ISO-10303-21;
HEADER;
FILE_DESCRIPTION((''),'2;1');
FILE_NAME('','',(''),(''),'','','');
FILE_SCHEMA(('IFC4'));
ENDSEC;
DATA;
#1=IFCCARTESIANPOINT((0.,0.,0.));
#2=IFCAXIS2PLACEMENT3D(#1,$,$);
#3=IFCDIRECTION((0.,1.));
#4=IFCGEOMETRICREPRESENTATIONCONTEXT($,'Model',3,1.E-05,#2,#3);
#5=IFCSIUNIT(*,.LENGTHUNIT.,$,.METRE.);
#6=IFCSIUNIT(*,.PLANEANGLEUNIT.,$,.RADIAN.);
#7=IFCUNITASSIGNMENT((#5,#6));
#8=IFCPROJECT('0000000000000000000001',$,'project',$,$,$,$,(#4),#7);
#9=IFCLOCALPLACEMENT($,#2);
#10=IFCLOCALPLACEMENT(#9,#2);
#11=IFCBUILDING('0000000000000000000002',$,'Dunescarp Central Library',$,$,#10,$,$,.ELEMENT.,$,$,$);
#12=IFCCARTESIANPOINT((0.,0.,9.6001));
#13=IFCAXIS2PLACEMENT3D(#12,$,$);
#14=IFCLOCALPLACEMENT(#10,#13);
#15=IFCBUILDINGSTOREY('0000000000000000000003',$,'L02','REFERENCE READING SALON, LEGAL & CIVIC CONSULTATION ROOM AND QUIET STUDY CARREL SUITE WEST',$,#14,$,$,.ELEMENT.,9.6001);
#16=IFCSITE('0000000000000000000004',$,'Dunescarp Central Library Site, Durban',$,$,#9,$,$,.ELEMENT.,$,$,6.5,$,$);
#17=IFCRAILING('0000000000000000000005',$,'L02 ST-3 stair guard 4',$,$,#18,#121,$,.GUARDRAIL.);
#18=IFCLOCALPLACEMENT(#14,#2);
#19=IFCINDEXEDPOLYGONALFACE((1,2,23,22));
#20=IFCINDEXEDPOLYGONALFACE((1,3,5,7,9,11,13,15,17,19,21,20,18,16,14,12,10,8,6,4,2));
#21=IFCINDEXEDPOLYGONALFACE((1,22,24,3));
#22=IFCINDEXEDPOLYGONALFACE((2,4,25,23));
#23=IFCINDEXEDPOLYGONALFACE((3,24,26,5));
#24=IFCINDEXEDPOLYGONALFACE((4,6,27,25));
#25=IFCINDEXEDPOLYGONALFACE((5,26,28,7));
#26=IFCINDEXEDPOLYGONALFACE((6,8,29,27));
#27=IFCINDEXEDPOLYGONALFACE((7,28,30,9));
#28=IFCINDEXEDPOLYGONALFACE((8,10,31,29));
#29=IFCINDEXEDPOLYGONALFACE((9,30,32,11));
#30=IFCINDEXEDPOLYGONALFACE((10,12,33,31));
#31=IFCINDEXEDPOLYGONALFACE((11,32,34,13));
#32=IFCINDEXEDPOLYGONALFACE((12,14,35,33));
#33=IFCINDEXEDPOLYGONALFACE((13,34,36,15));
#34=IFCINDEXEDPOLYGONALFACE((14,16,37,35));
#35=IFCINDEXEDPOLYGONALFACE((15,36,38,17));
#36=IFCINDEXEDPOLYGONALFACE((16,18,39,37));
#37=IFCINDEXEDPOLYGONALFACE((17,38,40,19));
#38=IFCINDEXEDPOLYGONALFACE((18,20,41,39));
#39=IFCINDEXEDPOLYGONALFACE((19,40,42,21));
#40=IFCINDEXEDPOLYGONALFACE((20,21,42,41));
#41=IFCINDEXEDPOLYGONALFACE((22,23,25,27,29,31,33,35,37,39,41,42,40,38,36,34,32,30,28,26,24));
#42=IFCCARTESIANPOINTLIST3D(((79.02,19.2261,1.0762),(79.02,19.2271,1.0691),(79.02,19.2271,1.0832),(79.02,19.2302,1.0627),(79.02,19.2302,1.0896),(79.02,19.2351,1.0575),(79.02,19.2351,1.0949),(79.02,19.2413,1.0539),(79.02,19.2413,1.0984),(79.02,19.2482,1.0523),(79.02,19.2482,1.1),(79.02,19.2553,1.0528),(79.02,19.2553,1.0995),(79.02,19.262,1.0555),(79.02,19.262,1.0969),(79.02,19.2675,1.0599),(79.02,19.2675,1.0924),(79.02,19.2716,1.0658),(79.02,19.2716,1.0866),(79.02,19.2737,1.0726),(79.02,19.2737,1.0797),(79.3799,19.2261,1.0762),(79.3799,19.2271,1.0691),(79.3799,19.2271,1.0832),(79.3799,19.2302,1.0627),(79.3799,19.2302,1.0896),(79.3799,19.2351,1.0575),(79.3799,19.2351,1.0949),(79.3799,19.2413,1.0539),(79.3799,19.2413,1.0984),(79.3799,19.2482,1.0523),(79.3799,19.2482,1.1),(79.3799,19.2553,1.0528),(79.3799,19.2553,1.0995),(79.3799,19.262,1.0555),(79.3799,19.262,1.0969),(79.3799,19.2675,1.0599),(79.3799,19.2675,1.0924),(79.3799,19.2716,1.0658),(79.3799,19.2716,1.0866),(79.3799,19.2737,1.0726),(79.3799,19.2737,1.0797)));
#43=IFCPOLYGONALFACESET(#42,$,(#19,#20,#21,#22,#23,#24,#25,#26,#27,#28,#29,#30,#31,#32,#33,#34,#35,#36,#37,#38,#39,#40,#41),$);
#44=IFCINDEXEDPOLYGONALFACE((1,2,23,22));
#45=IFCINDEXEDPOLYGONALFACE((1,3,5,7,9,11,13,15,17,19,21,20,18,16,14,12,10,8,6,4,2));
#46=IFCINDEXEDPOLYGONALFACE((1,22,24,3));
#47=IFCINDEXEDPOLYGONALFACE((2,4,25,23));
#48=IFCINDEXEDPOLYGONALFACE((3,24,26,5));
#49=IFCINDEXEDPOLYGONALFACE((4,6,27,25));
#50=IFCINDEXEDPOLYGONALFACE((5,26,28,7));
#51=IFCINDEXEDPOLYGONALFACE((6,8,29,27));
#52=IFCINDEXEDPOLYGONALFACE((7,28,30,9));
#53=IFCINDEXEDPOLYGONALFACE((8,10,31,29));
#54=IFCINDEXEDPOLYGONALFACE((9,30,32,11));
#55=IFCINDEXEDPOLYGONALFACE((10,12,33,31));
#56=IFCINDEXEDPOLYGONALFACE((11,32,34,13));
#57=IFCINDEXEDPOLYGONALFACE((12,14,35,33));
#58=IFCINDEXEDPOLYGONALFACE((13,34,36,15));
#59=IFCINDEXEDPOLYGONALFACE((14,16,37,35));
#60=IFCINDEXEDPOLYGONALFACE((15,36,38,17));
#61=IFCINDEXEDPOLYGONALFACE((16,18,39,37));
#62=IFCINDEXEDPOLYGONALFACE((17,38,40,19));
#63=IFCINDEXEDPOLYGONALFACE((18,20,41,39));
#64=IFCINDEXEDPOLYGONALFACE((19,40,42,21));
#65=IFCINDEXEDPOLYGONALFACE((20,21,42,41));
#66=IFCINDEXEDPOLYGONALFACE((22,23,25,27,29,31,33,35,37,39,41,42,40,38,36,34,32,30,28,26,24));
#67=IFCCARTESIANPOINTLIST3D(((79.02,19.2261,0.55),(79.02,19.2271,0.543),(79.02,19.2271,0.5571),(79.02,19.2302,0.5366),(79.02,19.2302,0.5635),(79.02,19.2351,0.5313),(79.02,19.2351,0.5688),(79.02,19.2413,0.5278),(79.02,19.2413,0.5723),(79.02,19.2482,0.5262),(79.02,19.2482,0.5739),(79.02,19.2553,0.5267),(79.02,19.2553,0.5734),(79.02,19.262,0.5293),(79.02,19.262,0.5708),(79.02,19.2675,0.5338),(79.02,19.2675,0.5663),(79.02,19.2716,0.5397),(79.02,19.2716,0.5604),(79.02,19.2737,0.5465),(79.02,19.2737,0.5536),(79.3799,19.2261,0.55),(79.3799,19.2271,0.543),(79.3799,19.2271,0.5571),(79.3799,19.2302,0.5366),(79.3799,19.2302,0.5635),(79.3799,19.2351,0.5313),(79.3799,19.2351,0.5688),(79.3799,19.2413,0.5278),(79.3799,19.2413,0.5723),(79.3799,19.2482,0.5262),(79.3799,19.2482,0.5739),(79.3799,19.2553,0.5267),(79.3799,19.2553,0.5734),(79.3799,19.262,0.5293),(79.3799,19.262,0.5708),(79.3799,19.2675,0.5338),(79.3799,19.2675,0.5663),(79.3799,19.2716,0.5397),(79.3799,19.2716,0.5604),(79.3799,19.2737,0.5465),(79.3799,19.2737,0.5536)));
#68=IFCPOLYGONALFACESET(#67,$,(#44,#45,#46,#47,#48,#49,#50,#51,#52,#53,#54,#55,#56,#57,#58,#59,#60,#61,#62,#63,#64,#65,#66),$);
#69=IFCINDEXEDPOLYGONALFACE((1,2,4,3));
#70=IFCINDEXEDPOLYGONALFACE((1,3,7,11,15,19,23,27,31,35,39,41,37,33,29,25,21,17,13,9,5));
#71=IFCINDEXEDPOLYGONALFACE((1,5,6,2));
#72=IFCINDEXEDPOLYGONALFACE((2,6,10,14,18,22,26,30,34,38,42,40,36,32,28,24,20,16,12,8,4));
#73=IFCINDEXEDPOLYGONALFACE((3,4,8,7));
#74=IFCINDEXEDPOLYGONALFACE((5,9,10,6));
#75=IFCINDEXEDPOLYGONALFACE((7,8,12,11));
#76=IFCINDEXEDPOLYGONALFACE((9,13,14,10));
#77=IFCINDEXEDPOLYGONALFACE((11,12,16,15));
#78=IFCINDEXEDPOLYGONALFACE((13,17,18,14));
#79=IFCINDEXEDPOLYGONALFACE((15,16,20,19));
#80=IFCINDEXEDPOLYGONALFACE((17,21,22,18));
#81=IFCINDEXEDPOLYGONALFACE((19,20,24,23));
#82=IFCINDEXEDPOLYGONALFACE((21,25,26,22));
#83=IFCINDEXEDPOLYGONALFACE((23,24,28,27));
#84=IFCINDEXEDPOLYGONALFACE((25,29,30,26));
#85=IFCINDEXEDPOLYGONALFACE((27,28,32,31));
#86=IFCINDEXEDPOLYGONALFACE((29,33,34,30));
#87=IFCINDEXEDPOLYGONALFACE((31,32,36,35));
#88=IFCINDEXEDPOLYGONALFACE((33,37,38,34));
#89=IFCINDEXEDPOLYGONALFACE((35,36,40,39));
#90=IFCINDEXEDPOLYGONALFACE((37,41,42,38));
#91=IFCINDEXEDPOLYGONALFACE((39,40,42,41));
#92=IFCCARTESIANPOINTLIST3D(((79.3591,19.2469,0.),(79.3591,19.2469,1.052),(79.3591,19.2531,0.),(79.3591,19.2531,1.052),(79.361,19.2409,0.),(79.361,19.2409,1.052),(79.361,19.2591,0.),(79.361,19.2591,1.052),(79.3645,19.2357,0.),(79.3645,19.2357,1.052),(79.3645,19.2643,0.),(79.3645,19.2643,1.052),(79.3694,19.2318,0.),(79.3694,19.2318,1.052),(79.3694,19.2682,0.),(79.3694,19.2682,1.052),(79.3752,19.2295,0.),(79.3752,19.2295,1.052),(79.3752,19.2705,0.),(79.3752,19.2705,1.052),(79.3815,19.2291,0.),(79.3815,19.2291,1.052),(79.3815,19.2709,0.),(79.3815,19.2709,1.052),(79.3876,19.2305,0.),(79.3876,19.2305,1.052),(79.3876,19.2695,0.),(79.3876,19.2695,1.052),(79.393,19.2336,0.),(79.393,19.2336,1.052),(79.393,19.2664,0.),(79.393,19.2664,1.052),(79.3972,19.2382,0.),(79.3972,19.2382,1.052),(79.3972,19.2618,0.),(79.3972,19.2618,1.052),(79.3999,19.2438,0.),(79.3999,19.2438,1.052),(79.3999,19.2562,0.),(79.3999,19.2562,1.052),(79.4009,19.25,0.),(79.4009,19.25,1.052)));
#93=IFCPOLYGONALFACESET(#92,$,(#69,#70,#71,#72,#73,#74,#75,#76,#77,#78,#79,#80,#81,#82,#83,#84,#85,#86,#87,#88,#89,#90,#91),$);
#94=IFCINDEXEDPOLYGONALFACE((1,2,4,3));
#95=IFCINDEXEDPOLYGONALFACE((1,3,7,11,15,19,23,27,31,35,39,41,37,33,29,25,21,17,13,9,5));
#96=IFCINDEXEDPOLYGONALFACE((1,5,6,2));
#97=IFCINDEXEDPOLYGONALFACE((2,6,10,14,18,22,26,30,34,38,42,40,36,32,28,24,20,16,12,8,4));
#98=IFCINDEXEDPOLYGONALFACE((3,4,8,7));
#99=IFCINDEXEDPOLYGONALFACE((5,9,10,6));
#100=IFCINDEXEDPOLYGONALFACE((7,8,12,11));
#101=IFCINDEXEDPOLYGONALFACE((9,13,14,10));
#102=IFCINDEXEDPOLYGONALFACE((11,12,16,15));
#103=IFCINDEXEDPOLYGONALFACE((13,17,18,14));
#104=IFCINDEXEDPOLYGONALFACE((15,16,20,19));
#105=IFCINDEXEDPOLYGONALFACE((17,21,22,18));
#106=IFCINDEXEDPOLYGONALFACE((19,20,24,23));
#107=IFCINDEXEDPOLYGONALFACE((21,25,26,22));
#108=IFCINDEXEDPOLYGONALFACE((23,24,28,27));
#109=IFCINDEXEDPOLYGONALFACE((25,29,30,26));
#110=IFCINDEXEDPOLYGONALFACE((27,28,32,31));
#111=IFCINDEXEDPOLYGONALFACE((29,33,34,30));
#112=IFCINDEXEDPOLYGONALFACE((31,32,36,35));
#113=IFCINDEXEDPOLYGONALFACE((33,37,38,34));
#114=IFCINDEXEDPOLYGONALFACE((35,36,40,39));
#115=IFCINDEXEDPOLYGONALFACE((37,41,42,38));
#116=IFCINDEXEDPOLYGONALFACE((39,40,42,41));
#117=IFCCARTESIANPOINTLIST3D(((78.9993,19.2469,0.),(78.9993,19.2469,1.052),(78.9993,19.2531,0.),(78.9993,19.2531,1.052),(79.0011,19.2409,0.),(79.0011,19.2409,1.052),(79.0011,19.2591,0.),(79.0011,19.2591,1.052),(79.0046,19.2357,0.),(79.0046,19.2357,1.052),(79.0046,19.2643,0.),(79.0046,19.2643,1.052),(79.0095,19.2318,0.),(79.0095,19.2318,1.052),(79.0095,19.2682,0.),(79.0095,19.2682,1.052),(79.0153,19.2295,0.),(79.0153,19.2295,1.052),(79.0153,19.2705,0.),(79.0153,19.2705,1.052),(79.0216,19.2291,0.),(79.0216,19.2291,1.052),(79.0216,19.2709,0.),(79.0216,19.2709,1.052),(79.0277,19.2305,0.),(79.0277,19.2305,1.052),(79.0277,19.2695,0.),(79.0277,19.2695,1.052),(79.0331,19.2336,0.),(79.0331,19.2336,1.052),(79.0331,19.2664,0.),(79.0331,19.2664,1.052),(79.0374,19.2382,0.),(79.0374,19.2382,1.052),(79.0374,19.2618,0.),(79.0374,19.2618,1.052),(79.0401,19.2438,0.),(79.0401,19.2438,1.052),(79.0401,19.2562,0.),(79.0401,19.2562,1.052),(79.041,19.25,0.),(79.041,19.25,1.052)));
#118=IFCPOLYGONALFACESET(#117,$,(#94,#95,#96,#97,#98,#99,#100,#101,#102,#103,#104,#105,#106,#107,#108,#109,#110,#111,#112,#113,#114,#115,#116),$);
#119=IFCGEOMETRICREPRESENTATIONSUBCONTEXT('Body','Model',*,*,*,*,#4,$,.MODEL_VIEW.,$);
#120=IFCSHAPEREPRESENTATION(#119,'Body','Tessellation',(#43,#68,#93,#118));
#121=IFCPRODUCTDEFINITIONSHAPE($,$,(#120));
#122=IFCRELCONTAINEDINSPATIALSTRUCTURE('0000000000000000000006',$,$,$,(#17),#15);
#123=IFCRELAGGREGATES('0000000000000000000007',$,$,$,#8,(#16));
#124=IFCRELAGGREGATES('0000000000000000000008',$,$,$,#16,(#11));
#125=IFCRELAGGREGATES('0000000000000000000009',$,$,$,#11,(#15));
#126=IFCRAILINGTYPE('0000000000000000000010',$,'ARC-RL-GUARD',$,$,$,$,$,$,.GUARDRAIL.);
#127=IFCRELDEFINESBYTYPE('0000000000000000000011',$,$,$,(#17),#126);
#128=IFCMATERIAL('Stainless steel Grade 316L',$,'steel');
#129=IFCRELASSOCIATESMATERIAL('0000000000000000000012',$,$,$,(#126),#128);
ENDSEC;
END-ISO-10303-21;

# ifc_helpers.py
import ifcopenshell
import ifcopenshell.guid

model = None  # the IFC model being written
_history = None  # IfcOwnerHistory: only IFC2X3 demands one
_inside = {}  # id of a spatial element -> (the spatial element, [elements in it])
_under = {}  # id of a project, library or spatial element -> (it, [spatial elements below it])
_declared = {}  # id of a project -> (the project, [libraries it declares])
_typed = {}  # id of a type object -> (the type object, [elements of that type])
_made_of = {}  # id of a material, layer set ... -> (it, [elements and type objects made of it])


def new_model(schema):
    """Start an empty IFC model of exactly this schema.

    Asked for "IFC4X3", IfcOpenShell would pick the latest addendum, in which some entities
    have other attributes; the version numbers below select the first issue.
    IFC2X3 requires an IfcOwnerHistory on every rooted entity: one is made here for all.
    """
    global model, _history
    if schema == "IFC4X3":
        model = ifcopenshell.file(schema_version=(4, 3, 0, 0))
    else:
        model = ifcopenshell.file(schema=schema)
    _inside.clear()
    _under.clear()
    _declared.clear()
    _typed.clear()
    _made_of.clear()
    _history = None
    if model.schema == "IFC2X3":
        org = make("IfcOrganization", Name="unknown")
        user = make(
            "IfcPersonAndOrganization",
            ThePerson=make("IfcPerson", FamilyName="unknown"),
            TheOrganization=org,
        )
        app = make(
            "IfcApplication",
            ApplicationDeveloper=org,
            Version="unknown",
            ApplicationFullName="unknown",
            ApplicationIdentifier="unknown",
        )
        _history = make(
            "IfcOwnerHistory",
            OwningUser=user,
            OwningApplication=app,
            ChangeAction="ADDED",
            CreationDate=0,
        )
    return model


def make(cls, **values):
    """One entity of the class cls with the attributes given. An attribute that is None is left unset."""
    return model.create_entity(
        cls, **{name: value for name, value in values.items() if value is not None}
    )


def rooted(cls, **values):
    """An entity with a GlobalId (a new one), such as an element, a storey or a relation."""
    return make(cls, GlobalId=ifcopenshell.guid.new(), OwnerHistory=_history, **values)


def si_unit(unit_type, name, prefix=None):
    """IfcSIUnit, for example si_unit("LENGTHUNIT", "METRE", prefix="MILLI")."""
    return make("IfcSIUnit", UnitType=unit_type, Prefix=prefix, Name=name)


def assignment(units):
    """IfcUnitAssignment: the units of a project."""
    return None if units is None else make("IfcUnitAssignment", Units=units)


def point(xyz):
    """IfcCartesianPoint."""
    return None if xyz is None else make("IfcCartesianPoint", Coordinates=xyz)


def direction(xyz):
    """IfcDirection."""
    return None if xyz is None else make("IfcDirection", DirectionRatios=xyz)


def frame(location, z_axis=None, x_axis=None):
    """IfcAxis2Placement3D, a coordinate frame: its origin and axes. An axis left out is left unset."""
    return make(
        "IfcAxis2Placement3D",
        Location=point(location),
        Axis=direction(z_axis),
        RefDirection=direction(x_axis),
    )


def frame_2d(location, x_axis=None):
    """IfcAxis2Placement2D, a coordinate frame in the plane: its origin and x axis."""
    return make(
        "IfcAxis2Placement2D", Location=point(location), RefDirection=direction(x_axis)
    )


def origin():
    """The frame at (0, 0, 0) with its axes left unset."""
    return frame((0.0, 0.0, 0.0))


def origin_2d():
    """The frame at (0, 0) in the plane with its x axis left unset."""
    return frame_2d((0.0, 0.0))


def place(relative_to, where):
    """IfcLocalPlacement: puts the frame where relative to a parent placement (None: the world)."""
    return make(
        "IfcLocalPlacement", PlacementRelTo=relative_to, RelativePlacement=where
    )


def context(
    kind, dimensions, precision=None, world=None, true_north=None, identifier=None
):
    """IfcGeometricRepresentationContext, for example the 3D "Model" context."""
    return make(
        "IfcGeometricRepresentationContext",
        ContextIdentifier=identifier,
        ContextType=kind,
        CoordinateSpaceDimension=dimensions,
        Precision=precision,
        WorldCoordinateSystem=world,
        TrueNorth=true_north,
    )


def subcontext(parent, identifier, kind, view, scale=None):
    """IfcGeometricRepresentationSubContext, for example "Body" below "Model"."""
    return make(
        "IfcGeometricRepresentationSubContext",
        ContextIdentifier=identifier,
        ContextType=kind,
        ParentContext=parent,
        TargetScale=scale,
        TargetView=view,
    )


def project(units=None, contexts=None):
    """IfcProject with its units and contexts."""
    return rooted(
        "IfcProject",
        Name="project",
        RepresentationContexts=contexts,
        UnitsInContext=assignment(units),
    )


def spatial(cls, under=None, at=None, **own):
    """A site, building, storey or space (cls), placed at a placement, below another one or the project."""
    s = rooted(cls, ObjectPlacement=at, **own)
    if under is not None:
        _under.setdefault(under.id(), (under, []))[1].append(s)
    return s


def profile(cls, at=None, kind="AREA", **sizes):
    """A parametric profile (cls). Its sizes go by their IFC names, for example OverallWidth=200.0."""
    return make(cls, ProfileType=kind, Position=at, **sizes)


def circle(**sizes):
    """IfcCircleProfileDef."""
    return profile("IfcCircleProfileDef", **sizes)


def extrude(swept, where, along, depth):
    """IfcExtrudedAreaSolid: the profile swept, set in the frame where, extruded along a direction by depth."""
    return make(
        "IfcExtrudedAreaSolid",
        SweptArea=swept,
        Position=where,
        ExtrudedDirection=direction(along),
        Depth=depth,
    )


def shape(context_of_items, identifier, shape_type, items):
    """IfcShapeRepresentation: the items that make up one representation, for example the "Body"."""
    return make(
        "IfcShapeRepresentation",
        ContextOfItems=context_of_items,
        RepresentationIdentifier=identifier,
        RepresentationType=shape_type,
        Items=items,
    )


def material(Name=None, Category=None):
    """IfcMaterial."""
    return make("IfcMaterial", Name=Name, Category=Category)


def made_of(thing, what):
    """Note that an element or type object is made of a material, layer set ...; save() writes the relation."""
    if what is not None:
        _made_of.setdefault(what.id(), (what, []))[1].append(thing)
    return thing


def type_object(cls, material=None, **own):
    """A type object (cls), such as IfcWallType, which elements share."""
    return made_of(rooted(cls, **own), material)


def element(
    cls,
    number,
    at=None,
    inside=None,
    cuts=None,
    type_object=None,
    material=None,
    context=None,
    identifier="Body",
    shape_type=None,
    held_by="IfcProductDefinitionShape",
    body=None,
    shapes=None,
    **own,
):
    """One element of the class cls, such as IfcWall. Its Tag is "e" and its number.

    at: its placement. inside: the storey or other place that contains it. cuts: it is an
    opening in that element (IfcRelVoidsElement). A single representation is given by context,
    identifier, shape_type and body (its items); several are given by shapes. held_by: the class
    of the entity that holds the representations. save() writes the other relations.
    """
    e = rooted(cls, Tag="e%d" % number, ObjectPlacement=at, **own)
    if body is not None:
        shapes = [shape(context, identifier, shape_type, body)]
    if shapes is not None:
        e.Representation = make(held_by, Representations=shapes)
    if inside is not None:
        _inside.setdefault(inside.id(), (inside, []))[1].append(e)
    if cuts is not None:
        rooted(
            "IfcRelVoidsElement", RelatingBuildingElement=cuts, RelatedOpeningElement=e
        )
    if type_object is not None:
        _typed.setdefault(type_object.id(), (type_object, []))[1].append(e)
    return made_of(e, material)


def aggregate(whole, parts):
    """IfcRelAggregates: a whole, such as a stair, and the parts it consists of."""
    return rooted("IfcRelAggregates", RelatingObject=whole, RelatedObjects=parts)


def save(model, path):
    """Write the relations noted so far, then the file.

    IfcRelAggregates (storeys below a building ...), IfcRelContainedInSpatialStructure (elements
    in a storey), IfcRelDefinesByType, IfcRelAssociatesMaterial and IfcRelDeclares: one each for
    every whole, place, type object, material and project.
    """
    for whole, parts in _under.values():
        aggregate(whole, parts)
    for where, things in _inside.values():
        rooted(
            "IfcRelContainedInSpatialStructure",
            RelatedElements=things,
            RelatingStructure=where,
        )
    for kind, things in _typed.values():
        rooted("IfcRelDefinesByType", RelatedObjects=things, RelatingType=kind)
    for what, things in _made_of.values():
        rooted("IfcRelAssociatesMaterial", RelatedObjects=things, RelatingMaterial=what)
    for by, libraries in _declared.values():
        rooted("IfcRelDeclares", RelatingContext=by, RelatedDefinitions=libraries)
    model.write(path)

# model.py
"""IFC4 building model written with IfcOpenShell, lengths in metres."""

from ifc_helpers import new_model, si_unit, direction, frame, origin, origin_2d, place, context, subcontext, project, spatial, circle, extrude, material, type_object, element, save


model = new_model("IFC4")

# Units and contexts
model_context = context("Model", 3, precision=1e-05, world=origin(), true_north=direction((0.0, 1.0)))
body_context = subcontext(model_context, "Body", "Model", "MODEL_VIEW")
ifc_project = project(units=[si_unit("LENGTHUNIT", "METRE"), si_unit("PLANEANGLEUNIT", "RADIAN")], contexts=[model_context])

# Site, building, storey
site_placement = place(None, origin())
site = spatial("IfcSite", under=ifc_project, at=site_placement, Name="Dunescarp Central Library Site, Durban", CompositionType="ELEMENT", RefElevation=6.5)
building_placement = place(site_placement, origin())
building = spatial("IfcBuilding", under=site, at=building_placement, Name="Dunescarp Central Library", CompositionType="ELEMENT")
storey_placement = place(building_placement, frame((0.0, 0.0, 9.6001)))
storey = spatial("IfcBuildingStorey", under=building, at=storey_placement, Name="L02", Description="REFERENCE READING SALON, LEGAL & CIVIC CONSULTATION ROOM AND QUIET STUDY CARREL SUITE WEST", CompositionType="ELEMENT", Elevation=9.6001)

# Railing
ifc_material_1 = material(Name="Stainless steel Grade 316L", Category="steel")
railing_type_1 = type_object("IfcRailingType", Name="ARC-RL-GUARD", PredefinedType="GUARDRAIL", material=ifc_material_1)
railing_1_placement = place(storey_placement, frame((79.3799, 19.25, 0.0)))
element("IfcRailing", 1, at=railing_1_placement, inside=storey, type_object=railing_type_1, Name="L02 ST-3 stair guard 4", PredefinedType="GUARDRAIL", context=body_context, shape_type="SweptSolid", body=[
    extrude(circle(Radius=0.0239, at=origin_2d()), frame((0.0, 0.0, 1.0762), z_axis=(-1.0, 0.0, 0.0), x_axis=(0.0, -1.0, 0.0)), (0.0, 0.0, 1.0), 0.3599),
    extrude(circle(Radius=0.0239, at=origin_2d()), frame((0.0, 0.0, 0.55), z_axis=(-1.0, 0.0, 0.0), x_axis=(0.0, -1.0, 0.0)), (0.0, 0.0, 1.0), 0.3599),
    extrude(circle(Radius=0.021, at=origin_2d()), origin(), (0.0, 0.0, 1.0), 1.052),
    extrude(circle(Radius=0.021, at=origin_2d()), frame((-0.3599, 0.0, 0.0)), (0.0, 0.0, 1.0), 1.052),
])

save(model, "model.ifc")
